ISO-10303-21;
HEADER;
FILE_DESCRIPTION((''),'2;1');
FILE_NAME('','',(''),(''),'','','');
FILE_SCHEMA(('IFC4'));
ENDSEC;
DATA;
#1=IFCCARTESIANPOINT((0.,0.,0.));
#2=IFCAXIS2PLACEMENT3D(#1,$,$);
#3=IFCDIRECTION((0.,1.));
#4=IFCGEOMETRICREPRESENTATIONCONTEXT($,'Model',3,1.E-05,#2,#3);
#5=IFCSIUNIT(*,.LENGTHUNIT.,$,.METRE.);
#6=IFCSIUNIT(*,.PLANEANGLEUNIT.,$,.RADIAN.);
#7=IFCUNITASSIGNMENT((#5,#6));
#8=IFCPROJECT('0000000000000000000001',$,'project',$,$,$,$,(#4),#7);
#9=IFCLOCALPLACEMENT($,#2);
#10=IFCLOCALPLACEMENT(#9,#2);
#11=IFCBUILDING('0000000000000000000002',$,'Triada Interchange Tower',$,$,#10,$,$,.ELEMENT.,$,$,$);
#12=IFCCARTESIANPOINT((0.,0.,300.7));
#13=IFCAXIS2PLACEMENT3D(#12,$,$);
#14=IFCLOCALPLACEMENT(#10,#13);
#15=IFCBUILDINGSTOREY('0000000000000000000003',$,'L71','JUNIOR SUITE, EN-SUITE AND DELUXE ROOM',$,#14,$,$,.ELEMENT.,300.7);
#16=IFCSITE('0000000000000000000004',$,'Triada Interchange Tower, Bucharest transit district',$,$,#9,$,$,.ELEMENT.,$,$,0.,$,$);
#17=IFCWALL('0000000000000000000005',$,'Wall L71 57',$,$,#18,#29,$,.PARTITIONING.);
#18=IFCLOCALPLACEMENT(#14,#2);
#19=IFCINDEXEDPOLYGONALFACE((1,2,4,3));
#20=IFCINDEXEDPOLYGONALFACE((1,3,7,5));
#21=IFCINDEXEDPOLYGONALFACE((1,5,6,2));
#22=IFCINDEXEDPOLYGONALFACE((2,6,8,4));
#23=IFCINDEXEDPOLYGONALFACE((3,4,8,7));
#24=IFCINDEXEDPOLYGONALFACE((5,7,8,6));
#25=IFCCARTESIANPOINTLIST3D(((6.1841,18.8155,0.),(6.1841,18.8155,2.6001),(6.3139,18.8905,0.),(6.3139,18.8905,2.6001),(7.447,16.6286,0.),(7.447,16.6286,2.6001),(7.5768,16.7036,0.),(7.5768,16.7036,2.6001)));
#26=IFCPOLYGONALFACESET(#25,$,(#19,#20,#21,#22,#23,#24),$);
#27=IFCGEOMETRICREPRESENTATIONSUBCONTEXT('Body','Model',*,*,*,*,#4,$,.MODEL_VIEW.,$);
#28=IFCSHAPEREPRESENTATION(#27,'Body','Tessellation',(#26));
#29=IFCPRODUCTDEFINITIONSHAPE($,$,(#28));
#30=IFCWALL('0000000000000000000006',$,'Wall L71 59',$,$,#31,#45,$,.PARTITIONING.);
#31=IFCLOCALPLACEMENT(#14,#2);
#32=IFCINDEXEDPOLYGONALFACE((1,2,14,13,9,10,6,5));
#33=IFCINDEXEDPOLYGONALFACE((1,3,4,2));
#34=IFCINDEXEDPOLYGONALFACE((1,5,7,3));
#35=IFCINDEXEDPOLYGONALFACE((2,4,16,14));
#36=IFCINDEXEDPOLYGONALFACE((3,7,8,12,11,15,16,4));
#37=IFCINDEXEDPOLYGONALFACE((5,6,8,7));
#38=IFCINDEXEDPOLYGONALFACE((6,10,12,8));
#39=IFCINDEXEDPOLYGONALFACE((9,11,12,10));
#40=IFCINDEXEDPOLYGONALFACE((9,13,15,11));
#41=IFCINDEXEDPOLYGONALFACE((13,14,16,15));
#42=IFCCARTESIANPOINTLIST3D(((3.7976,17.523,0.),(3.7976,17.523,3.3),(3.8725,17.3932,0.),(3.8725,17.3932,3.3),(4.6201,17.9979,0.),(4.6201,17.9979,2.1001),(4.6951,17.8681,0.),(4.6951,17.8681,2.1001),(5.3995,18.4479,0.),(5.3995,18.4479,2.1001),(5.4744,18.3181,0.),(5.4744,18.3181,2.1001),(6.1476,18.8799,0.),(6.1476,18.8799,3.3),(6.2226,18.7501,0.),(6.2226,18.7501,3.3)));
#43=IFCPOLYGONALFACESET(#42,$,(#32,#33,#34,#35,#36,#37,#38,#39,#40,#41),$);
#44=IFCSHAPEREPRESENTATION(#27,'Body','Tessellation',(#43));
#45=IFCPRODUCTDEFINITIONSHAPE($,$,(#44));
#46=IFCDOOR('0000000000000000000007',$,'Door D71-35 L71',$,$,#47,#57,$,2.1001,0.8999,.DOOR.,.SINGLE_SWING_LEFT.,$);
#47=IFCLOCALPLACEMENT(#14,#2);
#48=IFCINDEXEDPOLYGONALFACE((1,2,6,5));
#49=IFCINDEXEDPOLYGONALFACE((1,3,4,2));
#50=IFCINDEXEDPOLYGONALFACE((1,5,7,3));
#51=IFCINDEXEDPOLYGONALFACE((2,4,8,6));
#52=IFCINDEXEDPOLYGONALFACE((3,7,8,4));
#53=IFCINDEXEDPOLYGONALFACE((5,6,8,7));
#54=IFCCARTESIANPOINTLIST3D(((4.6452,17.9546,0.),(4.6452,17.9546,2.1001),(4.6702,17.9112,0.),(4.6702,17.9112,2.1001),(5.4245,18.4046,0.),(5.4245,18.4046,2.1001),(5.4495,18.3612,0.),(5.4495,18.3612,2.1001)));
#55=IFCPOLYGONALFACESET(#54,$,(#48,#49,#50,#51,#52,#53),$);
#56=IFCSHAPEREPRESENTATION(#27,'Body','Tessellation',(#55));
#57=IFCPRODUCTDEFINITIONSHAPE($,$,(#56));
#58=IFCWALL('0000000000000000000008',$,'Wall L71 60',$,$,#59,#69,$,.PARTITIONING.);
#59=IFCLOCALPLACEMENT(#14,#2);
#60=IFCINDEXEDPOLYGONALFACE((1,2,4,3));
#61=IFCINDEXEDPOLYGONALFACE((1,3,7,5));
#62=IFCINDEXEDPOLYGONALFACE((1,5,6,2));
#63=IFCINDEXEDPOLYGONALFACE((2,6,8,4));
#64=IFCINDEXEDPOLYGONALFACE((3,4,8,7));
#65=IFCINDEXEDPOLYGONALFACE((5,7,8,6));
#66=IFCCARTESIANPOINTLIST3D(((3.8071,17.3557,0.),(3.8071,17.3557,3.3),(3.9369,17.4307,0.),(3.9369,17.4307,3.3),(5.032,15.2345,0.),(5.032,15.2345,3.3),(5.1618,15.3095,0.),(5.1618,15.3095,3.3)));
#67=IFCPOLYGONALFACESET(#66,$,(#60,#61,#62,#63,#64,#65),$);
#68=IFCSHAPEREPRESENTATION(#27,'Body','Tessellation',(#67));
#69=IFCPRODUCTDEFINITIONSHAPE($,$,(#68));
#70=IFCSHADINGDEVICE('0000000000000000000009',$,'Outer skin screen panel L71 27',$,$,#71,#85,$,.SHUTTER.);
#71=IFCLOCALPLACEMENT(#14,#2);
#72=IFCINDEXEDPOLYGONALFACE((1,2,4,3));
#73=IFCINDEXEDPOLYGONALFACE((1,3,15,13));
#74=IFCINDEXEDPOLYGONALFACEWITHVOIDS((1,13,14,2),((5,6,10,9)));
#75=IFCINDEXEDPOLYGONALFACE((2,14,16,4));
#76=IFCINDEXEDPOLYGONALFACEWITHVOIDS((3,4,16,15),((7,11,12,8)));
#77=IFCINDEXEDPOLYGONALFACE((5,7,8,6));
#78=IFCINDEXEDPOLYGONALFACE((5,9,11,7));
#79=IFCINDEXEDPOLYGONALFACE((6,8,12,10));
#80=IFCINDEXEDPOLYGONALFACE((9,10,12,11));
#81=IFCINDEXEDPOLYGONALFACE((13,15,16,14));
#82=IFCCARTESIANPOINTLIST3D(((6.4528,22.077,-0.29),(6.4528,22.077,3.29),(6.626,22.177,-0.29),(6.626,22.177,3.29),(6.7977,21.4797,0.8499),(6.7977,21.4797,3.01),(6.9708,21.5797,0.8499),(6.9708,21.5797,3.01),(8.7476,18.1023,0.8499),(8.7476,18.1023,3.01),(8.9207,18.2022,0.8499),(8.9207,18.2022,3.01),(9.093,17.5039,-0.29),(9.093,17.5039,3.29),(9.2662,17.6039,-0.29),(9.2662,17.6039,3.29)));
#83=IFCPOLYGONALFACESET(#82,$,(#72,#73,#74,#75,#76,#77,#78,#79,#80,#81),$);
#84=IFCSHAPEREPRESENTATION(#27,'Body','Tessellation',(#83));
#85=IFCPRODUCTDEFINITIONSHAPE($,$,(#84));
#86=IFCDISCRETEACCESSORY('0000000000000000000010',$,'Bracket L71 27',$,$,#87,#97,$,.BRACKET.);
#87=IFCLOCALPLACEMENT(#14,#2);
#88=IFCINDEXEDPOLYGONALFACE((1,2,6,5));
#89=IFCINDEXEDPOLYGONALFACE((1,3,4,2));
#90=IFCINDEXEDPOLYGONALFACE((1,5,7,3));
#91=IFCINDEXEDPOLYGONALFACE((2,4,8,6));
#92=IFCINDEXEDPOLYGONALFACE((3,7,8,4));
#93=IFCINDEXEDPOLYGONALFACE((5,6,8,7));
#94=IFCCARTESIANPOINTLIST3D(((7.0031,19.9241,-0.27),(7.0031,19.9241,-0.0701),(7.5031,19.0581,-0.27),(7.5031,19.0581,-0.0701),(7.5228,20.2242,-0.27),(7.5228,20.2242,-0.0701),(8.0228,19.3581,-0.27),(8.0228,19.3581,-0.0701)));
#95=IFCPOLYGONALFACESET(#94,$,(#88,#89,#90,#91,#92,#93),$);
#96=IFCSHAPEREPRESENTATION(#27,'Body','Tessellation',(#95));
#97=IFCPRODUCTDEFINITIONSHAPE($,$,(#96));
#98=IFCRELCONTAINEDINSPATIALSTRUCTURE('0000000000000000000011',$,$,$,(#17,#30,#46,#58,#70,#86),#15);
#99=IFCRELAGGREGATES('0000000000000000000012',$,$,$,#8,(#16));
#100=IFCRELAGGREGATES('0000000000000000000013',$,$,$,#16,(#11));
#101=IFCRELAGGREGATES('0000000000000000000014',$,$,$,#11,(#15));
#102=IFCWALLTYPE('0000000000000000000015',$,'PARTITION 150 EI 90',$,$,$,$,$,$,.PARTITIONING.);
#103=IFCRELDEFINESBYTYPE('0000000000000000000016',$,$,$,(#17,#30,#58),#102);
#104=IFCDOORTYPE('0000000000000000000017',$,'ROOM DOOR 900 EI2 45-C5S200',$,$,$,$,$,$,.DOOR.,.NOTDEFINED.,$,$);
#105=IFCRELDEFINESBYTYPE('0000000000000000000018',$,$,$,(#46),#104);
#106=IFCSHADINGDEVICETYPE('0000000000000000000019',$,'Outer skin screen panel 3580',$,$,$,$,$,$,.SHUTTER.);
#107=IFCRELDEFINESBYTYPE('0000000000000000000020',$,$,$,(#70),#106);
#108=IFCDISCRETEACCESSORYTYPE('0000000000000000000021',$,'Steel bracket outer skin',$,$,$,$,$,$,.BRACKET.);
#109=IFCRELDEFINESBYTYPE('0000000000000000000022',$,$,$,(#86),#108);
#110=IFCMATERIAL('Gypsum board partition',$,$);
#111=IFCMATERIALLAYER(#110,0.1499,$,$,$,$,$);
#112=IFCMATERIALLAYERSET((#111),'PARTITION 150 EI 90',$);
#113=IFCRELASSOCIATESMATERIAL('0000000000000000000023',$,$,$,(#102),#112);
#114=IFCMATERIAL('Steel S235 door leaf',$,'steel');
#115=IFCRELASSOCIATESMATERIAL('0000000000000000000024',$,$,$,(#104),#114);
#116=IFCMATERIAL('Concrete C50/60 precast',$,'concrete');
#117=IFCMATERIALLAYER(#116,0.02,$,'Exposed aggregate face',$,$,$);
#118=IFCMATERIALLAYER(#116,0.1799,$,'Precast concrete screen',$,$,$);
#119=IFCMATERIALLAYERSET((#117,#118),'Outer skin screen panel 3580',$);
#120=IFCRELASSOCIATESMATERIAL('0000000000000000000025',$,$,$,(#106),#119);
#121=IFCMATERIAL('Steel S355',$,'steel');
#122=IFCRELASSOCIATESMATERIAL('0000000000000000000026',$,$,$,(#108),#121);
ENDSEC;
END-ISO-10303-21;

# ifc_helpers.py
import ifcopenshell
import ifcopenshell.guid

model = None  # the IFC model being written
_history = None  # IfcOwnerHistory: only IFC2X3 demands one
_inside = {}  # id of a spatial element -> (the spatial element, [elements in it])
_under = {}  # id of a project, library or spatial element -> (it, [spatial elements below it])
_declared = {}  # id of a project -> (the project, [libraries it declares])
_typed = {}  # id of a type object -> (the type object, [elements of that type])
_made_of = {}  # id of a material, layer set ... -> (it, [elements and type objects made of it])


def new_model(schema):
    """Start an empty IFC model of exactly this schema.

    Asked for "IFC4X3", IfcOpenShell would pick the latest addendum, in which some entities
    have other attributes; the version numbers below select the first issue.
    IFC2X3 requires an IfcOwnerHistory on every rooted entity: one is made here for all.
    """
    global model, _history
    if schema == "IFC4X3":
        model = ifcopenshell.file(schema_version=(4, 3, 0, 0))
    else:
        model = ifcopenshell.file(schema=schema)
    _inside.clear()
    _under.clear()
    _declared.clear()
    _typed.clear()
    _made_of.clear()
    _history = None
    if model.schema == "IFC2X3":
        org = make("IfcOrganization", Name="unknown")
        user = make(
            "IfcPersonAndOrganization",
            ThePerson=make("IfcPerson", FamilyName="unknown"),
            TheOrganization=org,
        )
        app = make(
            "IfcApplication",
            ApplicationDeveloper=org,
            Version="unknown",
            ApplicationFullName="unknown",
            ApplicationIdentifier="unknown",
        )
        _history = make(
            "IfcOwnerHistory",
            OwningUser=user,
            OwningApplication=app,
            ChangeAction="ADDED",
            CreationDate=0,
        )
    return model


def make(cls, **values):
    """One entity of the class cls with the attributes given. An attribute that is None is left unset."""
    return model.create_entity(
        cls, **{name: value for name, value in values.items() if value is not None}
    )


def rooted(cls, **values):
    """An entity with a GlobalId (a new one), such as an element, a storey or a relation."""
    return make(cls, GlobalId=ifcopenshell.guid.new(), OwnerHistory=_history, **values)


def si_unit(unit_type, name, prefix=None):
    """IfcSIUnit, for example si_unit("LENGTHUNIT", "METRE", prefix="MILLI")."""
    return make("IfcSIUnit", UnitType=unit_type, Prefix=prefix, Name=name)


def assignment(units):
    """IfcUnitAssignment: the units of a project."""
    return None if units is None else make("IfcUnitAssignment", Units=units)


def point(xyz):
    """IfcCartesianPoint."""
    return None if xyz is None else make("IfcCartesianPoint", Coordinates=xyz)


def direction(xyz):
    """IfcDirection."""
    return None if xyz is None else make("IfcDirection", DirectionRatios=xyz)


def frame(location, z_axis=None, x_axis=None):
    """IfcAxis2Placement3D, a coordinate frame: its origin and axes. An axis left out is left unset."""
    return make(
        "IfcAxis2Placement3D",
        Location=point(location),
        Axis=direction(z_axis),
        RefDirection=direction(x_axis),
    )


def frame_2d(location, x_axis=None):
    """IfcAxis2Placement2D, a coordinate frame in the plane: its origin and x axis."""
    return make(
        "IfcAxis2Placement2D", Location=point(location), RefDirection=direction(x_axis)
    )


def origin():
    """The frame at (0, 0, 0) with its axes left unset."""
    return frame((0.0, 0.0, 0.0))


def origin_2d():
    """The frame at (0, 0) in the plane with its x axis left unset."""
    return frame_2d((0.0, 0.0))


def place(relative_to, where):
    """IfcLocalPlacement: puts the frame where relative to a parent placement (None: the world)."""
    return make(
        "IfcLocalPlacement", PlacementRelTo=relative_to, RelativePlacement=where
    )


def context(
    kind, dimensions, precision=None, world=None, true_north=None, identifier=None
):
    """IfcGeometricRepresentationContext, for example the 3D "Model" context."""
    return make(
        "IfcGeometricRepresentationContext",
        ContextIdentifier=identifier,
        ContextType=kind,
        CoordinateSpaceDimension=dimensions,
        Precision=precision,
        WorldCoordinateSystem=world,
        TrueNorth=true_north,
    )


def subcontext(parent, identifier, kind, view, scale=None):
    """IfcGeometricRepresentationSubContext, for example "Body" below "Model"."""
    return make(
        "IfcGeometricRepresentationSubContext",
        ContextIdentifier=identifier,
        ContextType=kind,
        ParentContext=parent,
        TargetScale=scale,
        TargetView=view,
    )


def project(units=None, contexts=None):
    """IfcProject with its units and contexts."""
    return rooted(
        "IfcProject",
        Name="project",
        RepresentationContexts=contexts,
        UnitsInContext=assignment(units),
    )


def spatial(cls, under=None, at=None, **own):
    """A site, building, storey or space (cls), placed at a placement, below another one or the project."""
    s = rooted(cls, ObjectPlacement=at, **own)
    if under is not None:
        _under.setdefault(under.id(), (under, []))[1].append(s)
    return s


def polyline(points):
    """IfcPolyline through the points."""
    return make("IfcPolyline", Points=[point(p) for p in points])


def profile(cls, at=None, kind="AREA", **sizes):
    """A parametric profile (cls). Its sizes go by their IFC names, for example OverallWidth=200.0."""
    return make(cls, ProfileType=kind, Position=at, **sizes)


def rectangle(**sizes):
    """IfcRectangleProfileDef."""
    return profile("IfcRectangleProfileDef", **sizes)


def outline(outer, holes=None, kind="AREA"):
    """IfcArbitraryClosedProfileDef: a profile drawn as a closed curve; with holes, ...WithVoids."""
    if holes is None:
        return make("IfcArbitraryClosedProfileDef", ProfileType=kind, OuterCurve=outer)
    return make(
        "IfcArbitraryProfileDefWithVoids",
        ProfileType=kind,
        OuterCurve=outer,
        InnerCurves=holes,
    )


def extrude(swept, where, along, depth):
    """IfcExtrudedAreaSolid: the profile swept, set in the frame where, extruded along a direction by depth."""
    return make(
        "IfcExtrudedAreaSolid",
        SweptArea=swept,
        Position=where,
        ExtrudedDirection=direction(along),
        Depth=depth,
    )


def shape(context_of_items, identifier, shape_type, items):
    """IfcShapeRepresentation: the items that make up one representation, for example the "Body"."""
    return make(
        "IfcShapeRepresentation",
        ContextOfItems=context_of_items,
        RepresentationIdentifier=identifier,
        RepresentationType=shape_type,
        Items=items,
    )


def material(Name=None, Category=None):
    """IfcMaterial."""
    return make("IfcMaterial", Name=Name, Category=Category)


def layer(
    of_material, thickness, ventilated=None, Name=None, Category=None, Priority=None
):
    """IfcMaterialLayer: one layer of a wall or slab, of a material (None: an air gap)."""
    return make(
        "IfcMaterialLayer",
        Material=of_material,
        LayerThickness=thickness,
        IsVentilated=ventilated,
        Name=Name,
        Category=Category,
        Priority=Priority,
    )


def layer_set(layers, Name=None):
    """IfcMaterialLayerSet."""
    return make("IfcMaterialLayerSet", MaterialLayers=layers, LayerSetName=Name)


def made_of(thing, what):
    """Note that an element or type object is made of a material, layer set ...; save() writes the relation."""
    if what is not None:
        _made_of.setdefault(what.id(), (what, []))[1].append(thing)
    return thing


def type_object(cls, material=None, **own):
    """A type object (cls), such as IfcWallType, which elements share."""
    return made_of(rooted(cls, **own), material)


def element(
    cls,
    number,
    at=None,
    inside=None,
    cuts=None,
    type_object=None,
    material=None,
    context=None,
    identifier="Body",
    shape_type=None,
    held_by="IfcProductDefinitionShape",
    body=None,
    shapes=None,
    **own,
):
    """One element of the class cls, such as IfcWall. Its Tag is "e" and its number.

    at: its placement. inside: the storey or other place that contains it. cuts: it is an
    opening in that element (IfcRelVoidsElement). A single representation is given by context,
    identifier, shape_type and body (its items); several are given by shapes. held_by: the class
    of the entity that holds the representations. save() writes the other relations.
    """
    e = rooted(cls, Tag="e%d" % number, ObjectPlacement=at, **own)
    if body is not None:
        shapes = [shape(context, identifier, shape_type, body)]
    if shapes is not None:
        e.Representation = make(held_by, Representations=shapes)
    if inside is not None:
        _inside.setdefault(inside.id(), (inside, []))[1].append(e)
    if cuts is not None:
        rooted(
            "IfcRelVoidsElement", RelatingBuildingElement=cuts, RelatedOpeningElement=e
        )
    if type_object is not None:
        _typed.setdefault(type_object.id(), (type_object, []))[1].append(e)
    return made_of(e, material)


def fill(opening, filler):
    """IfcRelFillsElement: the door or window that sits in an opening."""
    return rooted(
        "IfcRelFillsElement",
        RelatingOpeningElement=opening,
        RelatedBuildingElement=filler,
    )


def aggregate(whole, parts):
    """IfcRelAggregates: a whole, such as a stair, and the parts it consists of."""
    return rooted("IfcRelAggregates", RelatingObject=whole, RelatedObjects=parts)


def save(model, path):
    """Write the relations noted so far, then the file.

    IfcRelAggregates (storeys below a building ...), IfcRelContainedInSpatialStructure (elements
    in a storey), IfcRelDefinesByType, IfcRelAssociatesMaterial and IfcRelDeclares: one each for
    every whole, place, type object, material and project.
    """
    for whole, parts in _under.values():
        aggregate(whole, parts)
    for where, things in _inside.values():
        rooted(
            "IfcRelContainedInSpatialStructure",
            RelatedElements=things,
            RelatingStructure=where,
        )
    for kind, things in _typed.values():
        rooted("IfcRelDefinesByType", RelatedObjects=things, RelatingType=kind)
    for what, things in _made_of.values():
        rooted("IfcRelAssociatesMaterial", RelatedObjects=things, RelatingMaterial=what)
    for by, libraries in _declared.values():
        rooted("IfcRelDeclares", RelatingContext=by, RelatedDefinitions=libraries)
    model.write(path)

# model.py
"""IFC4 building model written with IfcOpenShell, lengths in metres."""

from ifc_helpers import new_model, si_unit, direction, frame, frame_2d, origin, origin_2d, place, context, subcontext, project, spatial, polyline, rectangle, outline, extrude, material, layer, layer_set, type_object, element, fill, save


model = new_model("IFC4")

# Units and contexts
model_context = context("Model", 3, precision=1e-05, world=origin(), true_north=direction((0.0, 1.0)))
body_context = subcontext(model_context, "Body", "Model", "MODEL_VIEW")
ifc_project = project(units=[si_unit("LENGTHUNIT", "METRE"), si_unit("PLANEANGLEUNIT", "RADIAN")], contexts=[model_context])

# Site, building, storey
site_placement = place(None, origin())
site = spatial("IfcSite", under=ifc_project, at=site_placement, Name="Triada Interchange Tower, Bucharest transit district", CompositionType="ELEMENT", RefElevation=0.0)
building_placement = place(site_placement, origin())
building = spatial("IfcBuilding", under=site, at=building_placement, Name="Triada Interchange Tower", CompositionType="ELEMENT")
storey_placement = place(building_placement, frame((0.0, 0.0, 300.7)))
storey = spatial("IfcBuildingStorey", under=building, at=storey_placement, Name="L71", Description="JUNIOR SUITE, EN-SUITE AND DELUXE ROOM", CompositionType="ELEMENT", Elevation=300.7)

# Shared definitions
ifc_material_1 = material(Name="Gypsum board partition")

# Shared definitions
ifc_material_2 = material(Name="Steel S235 door leaf", Category="steel")

# Wall
ifc_layer_1 = layer(ifc_material_1, 0.1499)
ifc_layer_set_1 = layer_set([ifc_layer_1], Name="PARTITION 150 EI 90")
wall_type_1 = type_object("IfcWallType", Name="PARTITION 150 EI 90", PredefinedType="PARTITIONING", material=ifc_layer_set_1)
wall_1_placement = place(storey_placement, frame((6.249, 18.853, 0.0), z_axis=(0.0, 0.0, 1.0), x_axis=(0.500079, -0.86598, 0.0)))
element("IfcWall", 1, at=wall_1_placement, inside=storey, type_object=wall_type_1, Name="Wall L71 57", PredefinedType="PARTITIONING", context=body_context, shape_type="SweptSolid", body=[
    extrude(rectangle(XDim=2.5254, YDim=0.1499, at=frame_2d((1.2627, 0.0))), origin(), (0.0, 0.0, 1.0), 2.6001),
])

# Wall, opening, door
wall_2_placement = place(storey_placement, frame((3.835, 17.458, 0.0), z_axis=(0.0, 0.0, 1.0), x_axis=(0.866009, 0.500029, 0.0)))
wall_2 = element("IfcWall", 2, at=wall_2_placement, inside=storey, type_object=wall_type_1, Name="Wall L71 59", PredefinedType="PARTITIONING", context=body_context, shape_type="SweptSolid", body=[
    extrude(rectangle(XDim=2.7136, YDim=0.1499, at=frame_2d((1.3569, 0.0))), origin(), (0.0, 0.0, 1.0), 3.3),
])
opening_1_placement = place(wall_2_placement, frame((0.95, 0.0, 0.0)))
opening_1 = element("IfcOpeningElement", 3, at=opening_1_placement, cuts=wall_2, PredefinedType="OPENING", context=body_context, shape_type="SweptSolid", body=[
    extrude(rectangle(XDim=0.8999, YDim=2.1001, at=frame_2d((0.45, 1.05))), frame((0.0, 0.085, 0.0), z_axis=(0.0, -1.0, 0.0), x_axis=(1.0, 0.0, 0.0)), (0.0, 0.0, 1.0), 0.1699),
])
door_type_1 = type_object("IfcDoorType", Name="ROOM DOOR 900 EI2 45-C5S200", OperationType="NOTDEFINED", PredefinedType="DOOR", material=ifc_material_2)
door_1_placement = place(opening_1_placement, origin())
door_1 = element("IfcDoor", 4, at=door_1_placement, inside=storey, type_object=door_type_1, Name="Door D71-35 L71", OperationType="SINGLE_SWING_LEFT", OverallHeight=2.1001, OverallWidth=0.8999, PredefinedType="DOOR", context=body_context, shape_type="SweptSolid", body=[
    extrude(rectangle(XDim=0.8999, YDim=2.1001, at=frame_2d((0.45, 1.05))), frame((0.0, 0.0249, 0.0), z_axis=(0.0, -1.0, 0.0), x_axis=(1.0, 0.0, 0.0)), (0.0, 0.0, 1.0), 0.05),
])
fill(opening_1, door_1)

# Wall
wall_3_placement = place(storey_placement, frame((3.8721, 17.3931, 0.0), z_axis=(0.0, 0.0, 1.0), x_axis=(0.500073, -0.865983, 0.0)))
element("IfcWall", 5, at=wall_3_placement, inside=storey, type_object=wall_type_1, Name="Wall L71 60", PredefinedType="PARTITIONING", context=body_context, shape_type="SweptSolid", body=[
    extrude(rectangle(XDim=2.4495, YDim=0.1499, at=frame_2d((1.2246, 0.0))), origin(), (0.0, 0.0, 1.0), 3.3),
])

# Shading device
ifc_material_3 = material(Name="Concrete C50/60 precast", Category="concrete")
ifc_layer_2 = layer(ifc_material_3, 0.02, Name="Exposed aggregate face")
ifc_layer_3 = layer(ifc_material_3, 0.1799, Name="Precast concrete screen")
ifc_layer_set_2 = layer_set([ifc_layer_2, ifc_layer_3], Name="Outer skin screen panel 3580")
shading_device_type = type_object("IfcShadingDeviceType", Name="Outer skin screen panel 3580", PredefinedType="SHUTTER", material=ifc_layer_set_2)
shading_device_placement = place(storey_placement, frame((9.093, 17.5039, -0.29), z_axis=(0.0, 0.0, 1.0), x_axis=(-0.499988, 0.866032, 0.0)))
element("IfcShadingDevice", 6, at=shading_device_placement, inside=storey, type_object=shading_device_type, Name="Outer skin screen panel L71 27", PredefinedType="SHUTTER", context=body_context, shape_type="SweptSolid", body=[
    extrude(outline(polyline([(0.0, 0.0), (5.2805, 0.0), (5.2805, 3.5801), (0.0, 3.5801), (0.0, 0.0)]), holes=[polyline([(0.6909, 1.1399), (0.6909, 3.3), (4.5908, 3.3), (4.5908, 1.1399), (0.6909, 1.1399)])]), frame((0.0, 0.0, 0.0), z_axis=(0.0, -1.0, 0.0), x_axis=(1.0, 0.0, 0.0)), (0.0, 0.0, 1.0), 0.2),
])

# Discrete accessory
ifc_material_4 = material(Name="Steel S355", Category="steel")
discrete_accessory_type = type_object("IfcDiscreteAccessoryType", Name="Steel bracket outer skin", PredefinedType="BRACKET", material=ifc_material_4)
discrete_accessory_placement = place(storey_placement, frame((7.5129, 19.6411, -0.27), z_axis=(0.0, 0.0, 1.0), x_axis=(0.866027, 0.499997, 0.0)))
element("IfcDiscreteAccessory", 7, at=discrete_accessory_placement, inside=storey, type_object=discrete_accessory_type, Name="Bracket L71 27", PredefinedType="BRACKET", context=body_context, shape_type="SweptSolid", body=[
    extrude(rectangle(XDim=0.6001, YDim=1.0, at=origin_2d()), origin(), (0.0, 0.0, 1.0), 0.2),
])

save(model, "model.ifc")
